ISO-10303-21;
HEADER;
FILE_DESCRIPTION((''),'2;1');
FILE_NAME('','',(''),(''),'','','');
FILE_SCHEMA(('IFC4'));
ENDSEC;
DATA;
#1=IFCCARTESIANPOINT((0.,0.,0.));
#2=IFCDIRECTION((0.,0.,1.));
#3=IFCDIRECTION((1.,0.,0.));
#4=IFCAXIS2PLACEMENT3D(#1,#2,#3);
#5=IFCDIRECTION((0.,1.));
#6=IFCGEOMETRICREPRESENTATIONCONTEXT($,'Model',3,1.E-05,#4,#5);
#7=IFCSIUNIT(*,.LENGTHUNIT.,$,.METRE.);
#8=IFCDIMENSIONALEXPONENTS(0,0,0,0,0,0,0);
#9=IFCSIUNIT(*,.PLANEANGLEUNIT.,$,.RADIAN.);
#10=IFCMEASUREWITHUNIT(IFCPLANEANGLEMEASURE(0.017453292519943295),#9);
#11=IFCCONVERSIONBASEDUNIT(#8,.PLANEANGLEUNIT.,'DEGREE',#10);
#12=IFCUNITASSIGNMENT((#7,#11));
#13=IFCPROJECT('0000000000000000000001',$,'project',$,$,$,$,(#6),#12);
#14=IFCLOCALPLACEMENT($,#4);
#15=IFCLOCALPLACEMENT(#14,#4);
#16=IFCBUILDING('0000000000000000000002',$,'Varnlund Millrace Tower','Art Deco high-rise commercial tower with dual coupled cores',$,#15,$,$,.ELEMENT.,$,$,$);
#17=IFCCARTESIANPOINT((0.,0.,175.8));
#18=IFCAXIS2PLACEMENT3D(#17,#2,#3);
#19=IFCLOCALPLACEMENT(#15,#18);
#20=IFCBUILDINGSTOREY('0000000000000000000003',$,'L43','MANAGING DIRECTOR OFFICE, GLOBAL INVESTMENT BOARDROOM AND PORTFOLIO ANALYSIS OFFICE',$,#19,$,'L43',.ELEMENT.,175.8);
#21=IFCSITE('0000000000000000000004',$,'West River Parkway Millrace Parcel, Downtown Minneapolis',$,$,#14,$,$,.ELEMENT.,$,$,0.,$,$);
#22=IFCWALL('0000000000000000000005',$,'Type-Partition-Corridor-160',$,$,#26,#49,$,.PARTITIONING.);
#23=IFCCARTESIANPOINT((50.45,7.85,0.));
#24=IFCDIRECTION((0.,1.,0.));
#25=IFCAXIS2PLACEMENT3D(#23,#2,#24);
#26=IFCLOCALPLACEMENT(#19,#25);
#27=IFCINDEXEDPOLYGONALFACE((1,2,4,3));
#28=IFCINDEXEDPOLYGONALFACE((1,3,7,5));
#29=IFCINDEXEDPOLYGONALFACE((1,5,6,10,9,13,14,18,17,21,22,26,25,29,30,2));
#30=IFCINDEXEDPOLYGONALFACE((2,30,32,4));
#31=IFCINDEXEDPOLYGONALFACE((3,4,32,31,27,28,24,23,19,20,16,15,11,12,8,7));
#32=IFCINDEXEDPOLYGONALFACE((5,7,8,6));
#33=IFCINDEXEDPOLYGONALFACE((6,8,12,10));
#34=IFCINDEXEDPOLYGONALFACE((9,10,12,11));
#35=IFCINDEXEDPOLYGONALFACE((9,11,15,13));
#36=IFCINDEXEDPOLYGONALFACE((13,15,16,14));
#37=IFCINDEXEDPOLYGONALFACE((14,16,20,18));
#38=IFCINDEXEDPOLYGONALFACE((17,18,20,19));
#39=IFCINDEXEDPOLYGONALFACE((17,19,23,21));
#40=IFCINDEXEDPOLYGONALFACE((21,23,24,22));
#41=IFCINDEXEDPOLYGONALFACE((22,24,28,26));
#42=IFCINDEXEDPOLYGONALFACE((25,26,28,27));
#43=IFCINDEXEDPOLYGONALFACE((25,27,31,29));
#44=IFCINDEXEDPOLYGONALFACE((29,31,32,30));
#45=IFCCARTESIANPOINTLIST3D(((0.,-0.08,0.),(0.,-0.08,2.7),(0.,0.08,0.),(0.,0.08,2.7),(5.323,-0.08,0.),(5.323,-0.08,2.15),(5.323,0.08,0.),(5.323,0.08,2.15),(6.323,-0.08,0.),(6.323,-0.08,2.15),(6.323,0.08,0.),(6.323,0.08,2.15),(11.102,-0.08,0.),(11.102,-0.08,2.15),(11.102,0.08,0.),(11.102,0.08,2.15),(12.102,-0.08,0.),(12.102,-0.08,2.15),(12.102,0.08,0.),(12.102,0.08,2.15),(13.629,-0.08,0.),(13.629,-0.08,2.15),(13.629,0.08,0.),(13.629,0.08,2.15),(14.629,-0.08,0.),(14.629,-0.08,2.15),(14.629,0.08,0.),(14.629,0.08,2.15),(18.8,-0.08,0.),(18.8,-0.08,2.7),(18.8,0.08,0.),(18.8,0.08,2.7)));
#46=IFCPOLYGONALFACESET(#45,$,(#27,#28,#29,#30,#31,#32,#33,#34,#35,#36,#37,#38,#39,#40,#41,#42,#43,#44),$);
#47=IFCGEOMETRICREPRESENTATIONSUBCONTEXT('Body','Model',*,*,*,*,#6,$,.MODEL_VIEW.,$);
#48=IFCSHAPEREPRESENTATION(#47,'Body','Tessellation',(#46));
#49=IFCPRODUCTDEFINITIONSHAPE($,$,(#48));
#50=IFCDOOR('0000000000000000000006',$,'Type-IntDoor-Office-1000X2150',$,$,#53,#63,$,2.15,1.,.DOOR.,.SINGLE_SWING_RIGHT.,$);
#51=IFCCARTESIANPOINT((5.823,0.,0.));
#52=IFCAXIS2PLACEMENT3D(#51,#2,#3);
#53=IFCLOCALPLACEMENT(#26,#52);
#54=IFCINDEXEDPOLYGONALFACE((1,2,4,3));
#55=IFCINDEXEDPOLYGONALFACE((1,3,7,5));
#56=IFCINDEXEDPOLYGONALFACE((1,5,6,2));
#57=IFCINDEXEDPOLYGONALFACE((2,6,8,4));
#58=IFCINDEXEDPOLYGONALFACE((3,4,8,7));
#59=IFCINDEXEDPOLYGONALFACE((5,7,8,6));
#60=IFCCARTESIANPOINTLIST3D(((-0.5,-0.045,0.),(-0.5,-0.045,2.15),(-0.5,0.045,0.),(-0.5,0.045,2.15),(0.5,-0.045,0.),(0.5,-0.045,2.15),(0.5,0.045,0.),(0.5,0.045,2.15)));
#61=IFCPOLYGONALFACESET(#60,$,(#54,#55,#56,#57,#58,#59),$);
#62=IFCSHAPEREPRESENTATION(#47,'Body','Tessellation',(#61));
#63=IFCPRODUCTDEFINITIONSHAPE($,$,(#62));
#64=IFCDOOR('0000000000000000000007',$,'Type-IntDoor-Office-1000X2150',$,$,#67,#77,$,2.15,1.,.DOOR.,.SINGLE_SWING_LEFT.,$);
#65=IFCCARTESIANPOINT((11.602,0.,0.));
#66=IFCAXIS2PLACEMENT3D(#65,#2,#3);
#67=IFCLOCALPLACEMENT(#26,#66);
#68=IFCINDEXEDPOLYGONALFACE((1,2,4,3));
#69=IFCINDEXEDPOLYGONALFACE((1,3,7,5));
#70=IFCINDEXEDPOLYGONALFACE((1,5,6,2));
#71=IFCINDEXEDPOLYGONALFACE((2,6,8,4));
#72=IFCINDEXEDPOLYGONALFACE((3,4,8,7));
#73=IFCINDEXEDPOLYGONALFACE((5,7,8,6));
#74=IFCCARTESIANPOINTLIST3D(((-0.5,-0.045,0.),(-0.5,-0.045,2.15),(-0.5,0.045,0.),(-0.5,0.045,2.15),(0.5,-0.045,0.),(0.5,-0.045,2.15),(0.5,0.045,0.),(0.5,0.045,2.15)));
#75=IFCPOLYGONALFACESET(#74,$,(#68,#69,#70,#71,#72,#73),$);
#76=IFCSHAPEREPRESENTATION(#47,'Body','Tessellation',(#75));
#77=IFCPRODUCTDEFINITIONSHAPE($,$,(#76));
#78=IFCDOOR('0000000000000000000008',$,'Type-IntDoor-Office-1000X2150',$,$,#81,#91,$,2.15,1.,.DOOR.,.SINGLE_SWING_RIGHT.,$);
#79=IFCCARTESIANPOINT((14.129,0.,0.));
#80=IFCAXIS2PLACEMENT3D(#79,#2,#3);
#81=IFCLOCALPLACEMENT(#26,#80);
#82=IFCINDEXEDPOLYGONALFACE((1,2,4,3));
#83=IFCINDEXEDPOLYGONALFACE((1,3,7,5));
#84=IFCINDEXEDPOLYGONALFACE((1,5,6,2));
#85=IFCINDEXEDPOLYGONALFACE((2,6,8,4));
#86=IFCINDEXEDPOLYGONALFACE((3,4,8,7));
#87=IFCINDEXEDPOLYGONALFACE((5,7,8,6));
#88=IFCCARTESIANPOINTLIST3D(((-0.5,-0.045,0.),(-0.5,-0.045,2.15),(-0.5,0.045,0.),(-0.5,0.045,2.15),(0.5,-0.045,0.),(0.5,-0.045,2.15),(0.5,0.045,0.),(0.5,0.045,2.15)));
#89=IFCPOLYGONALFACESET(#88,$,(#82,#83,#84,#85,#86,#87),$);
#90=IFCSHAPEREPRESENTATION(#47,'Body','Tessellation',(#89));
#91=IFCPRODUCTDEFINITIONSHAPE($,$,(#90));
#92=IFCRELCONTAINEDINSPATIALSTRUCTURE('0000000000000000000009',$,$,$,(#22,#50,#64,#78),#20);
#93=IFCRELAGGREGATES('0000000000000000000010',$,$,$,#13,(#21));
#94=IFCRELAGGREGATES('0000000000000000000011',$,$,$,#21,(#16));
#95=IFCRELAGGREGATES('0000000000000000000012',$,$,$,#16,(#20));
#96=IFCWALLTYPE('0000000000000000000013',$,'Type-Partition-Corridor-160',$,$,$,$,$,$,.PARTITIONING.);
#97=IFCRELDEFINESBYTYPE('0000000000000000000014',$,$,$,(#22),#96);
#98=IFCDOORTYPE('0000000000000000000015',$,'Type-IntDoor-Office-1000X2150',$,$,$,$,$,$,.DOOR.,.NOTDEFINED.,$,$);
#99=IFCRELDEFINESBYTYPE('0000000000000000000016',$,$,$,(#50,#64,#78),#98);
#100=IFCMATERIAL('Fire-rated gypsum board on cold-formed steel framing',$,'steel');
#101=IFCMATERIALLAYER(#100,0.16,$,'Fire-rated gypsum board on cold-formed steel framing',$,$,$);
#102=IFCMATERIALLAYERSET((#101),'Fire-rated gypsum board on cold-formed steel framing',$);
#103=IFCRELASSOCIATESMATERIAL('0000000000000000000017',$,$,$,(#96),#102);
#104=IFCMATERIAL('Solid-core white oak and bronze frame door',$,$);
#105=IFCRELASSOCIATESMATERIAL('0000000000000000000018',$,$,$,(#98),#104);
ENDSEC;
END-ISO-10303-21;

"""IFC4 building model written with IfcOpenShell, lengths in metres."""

from ifc_helpers import new_model, entity, si_unit, converted_unit, direction, frame, origin_with_axes, origin_2d_with_axis, place, context, subcontext, project, spatial, polyline, rectangle, outline, extrude, material, layer, layer_set, type_object, element, fill, save


model = new_model("IFC4")

# Units and contexts
model_context = context("Model", 3, precision=1e-05, world=origin_with_axes(), true_north=direction((0.0, 1.0)))
body_context = subcontext(model_context, "Body", "Model", "MODEL_VIEW")
ifc_project = project(units=[si_unit("LENGTHUNIT", "METRE"), converted_unit("PLANEANGLEUNIT", "DEGREE", entity("IfcPlaneAngleMeasure", 0.017453292519943295), si_unit("PLANEANGLEUNIT", "RADIAN"), dimensions=[0, 0, 0, 0, 0, 0, 0])], contexts=[model_context])

# Site, building, storey
site_placement = place(None, origin_with_axes())
site = spatial("IfcSite", under=ifc_project, at=site_placement, Name="West River Parkway Millrace Parcel, Downtown Minneapolis", CompositionType="ELEMENT", RefElevation=0.0)
building_placement = place(site_placement, origin_with_axes())
building = spatial("IfcBuilding", under=site, at=building_placement, Name="Varnlund Millrace Tower", Description="Art Deco high-rise commercial tower with dual coupled cores", CompositionType="ELEMENT")
storey_placement = place(building_placement, frame((0.0, 0.0, 175.8), z_axis=(0.0, 0.0, 1.0), x_axis=(1.0, 0.0, 0.0)))
storey = spatial("IfcBuildingStorey", under=building, at=storey_placement, Name="L43", Description="MANAGING DIRECTOR OFFICE, GLOBAL INVESTMENT BOARDROOM AND PORTFOLIO ANALYSIS OFFICE", LongName="L43", CompositionType="ELEMENT", Elevation=175.8)

# Wall, openings, doors
ifc_material_1 = material(Name="Fire-rated gypsum board on cold-formed steel framing", Category="steel")
ifc_layer_1 = layer(ifc_material_1, 0.16, Name="Fire-rated gypsum board on cold-formed steel framing")
ifc_layer_set_1 = layer_set([ifc_layer_1], Name="Fire-rated gypsum board on cold-formed steel framing")
wall_type_1 = type_object("IfcWallType", Name="Type-Partition-Corridor-160", PredefinedType="PARTITIONING", material=ifc_layer_set_1)
wall_1_placement = place(storey_placement, frame((50.45, 7.85, 0.0), z_axis=(0.0, 0.0, 1.0), x_axis=(0.0, 1.0, 0.0)))
wall_1 = element("IfcWall", 1, at=wall_1_placement, inside=storey, type_object=wall_type_1, Name="Type-Partition-Corridor-160", PredefinedType="PARTITIONING", context=body_context, shape_type="SweptSolid", body=[
    extrude(outline(polyline([(0.0, -0.08), (18.8, -0.08), (18.8, 0.08), (0.0, 0.08), (0.0, -0.08)])), origin_with_axes(), (0.0, 0.0, 1.0), 2.7),
])
opening_1_placement = place(wall_1_placement, frame((5.823, 0.0, 0.0), z_axis=(0.0, 0.0, 1.0), x_axis=(1.0, 0.0, 0.0)))
opening_1 = element("IfcOpeningElement", 2, at=opening_1_placement, cuts=wall_1, PredefinedType="OPENING", context=body_context, shape_type="SweptSolid", body=[
    extrude(rectangle(XDim=1.0, YDim=0.18, at=origin_2d_with_axis()), origin_with_axes(), (0.0, 0.0, 1.0), 2.15),
])
opening_2_placement = place(wall_1_placement, frame((11.602, 0.0, 0.0), z_axis=(0.0, 0.0, 1.0), x_axis=(1.0, 0.0, 0.0)))
opening_2 = element("IfcOpeningElement", 3, at=opening_2_placement, cuts=wall_1, PredefinedType="OPENING", context=body_context, shape_type="SweptSolid", body=[
    extrude(rectangle(XDim=1.0, YDim=0.18, at=origin_2d_with_axis()), origin_with_axes(), (0.0, 0.0, 1.0), 2.15),
])
opening_3_placement = place(wall_1_placement, frame((14.129, 0.0, 0.0), z_axis=(0.0, 0.0, 1.0), x_axis=(1.0, 0.0, 0.0)))
opening_3 = element("IfcOpeningElement", 4, at=opening_3_placement, cuts=wall_1, PredefinedType="OPENING", context=body_context, shape_type="SweptSolid", body=[
    extrude(rectangle(XDim=1.0, YDim=0.18, at=origin_2d_with_axis()), origin_with_axes(), (0.0, 0.0, 1.0), 2.15),
])
ifc_material_2 = material(Name="Solid-core white oak and bronze frame door")
door_type_1 = type_object("IfcDoorType", Name="Type-IntDoor-Office-1000X2150", OperationType="NOTDEFINED", PredefinedType="DOOR", material=ifc_material_2)
door_1_placement = place(wall_1_placement, frame((5.823, 0.0, 0.0), z_axis=(0.0, 0.0, 1.0), x_axis=(1.0, 0.0, 0.0)))
door_1 = element("IfcDoor", 5, at=door_1_placement, inside=storey, type_object=door_type_1, Name="Type-IntDoor-Office-1000X2150", OperationType="SINGLE_SWING_RIGHT", OverallHeight=2.15, OverallWidth=1.0, PredefinedType="DOOR", context=body_context, shape_type="SweptSolid", body=[
    extrude(rectangle(XDim=1.0, YDim=0.09, at=origin_2d_with_axis()), origin_with_axes(), (0.0, 0.0, 1.0), 2.15),
])
fill(opening_1, door_1)
door_2_placement = place(wall_1_placement, frame((11.602, 0.0, 0.0), z_axis=(0.0, 0.0, 1.0), x_axis=(1.0, 0.0, 0.0)))
door_2 = element("IfcDoor", 6, at=door_2_placement, inside=storey, type_object=door_type_1, Name="Type-IntDoor-Office-1000X2150", OperationType="SINGLE_SWING_LEFT", OverallHeight=2.15, OverallWidth=1.0, PredefinedType="DOOR", context=body_context, shape_type="SweptSolid", body=[
    extrude(rectangle(XDim=1.0, YDim=0.09, at=origin_2d_with_axis()), origin_with_axes(), (0.0, 0.0, 1.0), 2.15),
])
fill(opening_2, door_2)
door_3_placement = place(wall_1_placement, frame((14.129, 0.0, 0.0), z_axis=(0.0, 0.0, 1.0), x_axis=(1.0, 0.0, 0.0)))
door_3 = element("IfcDoor", 7, at=door_3_placement, inside=storey, type_object=door_type_1, Name="Type-IntDoor-Office-1000X2150", OperationType="SINGLE_SWING_RIGHT", OverallHeight=2.15, OverallWidth=1.0, PredefinedType="DOOR", context=body_context, shape_type="SweptSolid", body=[
    extrude(rectangle(XDim=1.0, YDim=0.09, at=origin_2d_with_axis()), origin_with_axes(), (0.0, 0.0, 1.0), 2.15),
])
fill(opening_3, door_3)

save(model, "model.ifc")
